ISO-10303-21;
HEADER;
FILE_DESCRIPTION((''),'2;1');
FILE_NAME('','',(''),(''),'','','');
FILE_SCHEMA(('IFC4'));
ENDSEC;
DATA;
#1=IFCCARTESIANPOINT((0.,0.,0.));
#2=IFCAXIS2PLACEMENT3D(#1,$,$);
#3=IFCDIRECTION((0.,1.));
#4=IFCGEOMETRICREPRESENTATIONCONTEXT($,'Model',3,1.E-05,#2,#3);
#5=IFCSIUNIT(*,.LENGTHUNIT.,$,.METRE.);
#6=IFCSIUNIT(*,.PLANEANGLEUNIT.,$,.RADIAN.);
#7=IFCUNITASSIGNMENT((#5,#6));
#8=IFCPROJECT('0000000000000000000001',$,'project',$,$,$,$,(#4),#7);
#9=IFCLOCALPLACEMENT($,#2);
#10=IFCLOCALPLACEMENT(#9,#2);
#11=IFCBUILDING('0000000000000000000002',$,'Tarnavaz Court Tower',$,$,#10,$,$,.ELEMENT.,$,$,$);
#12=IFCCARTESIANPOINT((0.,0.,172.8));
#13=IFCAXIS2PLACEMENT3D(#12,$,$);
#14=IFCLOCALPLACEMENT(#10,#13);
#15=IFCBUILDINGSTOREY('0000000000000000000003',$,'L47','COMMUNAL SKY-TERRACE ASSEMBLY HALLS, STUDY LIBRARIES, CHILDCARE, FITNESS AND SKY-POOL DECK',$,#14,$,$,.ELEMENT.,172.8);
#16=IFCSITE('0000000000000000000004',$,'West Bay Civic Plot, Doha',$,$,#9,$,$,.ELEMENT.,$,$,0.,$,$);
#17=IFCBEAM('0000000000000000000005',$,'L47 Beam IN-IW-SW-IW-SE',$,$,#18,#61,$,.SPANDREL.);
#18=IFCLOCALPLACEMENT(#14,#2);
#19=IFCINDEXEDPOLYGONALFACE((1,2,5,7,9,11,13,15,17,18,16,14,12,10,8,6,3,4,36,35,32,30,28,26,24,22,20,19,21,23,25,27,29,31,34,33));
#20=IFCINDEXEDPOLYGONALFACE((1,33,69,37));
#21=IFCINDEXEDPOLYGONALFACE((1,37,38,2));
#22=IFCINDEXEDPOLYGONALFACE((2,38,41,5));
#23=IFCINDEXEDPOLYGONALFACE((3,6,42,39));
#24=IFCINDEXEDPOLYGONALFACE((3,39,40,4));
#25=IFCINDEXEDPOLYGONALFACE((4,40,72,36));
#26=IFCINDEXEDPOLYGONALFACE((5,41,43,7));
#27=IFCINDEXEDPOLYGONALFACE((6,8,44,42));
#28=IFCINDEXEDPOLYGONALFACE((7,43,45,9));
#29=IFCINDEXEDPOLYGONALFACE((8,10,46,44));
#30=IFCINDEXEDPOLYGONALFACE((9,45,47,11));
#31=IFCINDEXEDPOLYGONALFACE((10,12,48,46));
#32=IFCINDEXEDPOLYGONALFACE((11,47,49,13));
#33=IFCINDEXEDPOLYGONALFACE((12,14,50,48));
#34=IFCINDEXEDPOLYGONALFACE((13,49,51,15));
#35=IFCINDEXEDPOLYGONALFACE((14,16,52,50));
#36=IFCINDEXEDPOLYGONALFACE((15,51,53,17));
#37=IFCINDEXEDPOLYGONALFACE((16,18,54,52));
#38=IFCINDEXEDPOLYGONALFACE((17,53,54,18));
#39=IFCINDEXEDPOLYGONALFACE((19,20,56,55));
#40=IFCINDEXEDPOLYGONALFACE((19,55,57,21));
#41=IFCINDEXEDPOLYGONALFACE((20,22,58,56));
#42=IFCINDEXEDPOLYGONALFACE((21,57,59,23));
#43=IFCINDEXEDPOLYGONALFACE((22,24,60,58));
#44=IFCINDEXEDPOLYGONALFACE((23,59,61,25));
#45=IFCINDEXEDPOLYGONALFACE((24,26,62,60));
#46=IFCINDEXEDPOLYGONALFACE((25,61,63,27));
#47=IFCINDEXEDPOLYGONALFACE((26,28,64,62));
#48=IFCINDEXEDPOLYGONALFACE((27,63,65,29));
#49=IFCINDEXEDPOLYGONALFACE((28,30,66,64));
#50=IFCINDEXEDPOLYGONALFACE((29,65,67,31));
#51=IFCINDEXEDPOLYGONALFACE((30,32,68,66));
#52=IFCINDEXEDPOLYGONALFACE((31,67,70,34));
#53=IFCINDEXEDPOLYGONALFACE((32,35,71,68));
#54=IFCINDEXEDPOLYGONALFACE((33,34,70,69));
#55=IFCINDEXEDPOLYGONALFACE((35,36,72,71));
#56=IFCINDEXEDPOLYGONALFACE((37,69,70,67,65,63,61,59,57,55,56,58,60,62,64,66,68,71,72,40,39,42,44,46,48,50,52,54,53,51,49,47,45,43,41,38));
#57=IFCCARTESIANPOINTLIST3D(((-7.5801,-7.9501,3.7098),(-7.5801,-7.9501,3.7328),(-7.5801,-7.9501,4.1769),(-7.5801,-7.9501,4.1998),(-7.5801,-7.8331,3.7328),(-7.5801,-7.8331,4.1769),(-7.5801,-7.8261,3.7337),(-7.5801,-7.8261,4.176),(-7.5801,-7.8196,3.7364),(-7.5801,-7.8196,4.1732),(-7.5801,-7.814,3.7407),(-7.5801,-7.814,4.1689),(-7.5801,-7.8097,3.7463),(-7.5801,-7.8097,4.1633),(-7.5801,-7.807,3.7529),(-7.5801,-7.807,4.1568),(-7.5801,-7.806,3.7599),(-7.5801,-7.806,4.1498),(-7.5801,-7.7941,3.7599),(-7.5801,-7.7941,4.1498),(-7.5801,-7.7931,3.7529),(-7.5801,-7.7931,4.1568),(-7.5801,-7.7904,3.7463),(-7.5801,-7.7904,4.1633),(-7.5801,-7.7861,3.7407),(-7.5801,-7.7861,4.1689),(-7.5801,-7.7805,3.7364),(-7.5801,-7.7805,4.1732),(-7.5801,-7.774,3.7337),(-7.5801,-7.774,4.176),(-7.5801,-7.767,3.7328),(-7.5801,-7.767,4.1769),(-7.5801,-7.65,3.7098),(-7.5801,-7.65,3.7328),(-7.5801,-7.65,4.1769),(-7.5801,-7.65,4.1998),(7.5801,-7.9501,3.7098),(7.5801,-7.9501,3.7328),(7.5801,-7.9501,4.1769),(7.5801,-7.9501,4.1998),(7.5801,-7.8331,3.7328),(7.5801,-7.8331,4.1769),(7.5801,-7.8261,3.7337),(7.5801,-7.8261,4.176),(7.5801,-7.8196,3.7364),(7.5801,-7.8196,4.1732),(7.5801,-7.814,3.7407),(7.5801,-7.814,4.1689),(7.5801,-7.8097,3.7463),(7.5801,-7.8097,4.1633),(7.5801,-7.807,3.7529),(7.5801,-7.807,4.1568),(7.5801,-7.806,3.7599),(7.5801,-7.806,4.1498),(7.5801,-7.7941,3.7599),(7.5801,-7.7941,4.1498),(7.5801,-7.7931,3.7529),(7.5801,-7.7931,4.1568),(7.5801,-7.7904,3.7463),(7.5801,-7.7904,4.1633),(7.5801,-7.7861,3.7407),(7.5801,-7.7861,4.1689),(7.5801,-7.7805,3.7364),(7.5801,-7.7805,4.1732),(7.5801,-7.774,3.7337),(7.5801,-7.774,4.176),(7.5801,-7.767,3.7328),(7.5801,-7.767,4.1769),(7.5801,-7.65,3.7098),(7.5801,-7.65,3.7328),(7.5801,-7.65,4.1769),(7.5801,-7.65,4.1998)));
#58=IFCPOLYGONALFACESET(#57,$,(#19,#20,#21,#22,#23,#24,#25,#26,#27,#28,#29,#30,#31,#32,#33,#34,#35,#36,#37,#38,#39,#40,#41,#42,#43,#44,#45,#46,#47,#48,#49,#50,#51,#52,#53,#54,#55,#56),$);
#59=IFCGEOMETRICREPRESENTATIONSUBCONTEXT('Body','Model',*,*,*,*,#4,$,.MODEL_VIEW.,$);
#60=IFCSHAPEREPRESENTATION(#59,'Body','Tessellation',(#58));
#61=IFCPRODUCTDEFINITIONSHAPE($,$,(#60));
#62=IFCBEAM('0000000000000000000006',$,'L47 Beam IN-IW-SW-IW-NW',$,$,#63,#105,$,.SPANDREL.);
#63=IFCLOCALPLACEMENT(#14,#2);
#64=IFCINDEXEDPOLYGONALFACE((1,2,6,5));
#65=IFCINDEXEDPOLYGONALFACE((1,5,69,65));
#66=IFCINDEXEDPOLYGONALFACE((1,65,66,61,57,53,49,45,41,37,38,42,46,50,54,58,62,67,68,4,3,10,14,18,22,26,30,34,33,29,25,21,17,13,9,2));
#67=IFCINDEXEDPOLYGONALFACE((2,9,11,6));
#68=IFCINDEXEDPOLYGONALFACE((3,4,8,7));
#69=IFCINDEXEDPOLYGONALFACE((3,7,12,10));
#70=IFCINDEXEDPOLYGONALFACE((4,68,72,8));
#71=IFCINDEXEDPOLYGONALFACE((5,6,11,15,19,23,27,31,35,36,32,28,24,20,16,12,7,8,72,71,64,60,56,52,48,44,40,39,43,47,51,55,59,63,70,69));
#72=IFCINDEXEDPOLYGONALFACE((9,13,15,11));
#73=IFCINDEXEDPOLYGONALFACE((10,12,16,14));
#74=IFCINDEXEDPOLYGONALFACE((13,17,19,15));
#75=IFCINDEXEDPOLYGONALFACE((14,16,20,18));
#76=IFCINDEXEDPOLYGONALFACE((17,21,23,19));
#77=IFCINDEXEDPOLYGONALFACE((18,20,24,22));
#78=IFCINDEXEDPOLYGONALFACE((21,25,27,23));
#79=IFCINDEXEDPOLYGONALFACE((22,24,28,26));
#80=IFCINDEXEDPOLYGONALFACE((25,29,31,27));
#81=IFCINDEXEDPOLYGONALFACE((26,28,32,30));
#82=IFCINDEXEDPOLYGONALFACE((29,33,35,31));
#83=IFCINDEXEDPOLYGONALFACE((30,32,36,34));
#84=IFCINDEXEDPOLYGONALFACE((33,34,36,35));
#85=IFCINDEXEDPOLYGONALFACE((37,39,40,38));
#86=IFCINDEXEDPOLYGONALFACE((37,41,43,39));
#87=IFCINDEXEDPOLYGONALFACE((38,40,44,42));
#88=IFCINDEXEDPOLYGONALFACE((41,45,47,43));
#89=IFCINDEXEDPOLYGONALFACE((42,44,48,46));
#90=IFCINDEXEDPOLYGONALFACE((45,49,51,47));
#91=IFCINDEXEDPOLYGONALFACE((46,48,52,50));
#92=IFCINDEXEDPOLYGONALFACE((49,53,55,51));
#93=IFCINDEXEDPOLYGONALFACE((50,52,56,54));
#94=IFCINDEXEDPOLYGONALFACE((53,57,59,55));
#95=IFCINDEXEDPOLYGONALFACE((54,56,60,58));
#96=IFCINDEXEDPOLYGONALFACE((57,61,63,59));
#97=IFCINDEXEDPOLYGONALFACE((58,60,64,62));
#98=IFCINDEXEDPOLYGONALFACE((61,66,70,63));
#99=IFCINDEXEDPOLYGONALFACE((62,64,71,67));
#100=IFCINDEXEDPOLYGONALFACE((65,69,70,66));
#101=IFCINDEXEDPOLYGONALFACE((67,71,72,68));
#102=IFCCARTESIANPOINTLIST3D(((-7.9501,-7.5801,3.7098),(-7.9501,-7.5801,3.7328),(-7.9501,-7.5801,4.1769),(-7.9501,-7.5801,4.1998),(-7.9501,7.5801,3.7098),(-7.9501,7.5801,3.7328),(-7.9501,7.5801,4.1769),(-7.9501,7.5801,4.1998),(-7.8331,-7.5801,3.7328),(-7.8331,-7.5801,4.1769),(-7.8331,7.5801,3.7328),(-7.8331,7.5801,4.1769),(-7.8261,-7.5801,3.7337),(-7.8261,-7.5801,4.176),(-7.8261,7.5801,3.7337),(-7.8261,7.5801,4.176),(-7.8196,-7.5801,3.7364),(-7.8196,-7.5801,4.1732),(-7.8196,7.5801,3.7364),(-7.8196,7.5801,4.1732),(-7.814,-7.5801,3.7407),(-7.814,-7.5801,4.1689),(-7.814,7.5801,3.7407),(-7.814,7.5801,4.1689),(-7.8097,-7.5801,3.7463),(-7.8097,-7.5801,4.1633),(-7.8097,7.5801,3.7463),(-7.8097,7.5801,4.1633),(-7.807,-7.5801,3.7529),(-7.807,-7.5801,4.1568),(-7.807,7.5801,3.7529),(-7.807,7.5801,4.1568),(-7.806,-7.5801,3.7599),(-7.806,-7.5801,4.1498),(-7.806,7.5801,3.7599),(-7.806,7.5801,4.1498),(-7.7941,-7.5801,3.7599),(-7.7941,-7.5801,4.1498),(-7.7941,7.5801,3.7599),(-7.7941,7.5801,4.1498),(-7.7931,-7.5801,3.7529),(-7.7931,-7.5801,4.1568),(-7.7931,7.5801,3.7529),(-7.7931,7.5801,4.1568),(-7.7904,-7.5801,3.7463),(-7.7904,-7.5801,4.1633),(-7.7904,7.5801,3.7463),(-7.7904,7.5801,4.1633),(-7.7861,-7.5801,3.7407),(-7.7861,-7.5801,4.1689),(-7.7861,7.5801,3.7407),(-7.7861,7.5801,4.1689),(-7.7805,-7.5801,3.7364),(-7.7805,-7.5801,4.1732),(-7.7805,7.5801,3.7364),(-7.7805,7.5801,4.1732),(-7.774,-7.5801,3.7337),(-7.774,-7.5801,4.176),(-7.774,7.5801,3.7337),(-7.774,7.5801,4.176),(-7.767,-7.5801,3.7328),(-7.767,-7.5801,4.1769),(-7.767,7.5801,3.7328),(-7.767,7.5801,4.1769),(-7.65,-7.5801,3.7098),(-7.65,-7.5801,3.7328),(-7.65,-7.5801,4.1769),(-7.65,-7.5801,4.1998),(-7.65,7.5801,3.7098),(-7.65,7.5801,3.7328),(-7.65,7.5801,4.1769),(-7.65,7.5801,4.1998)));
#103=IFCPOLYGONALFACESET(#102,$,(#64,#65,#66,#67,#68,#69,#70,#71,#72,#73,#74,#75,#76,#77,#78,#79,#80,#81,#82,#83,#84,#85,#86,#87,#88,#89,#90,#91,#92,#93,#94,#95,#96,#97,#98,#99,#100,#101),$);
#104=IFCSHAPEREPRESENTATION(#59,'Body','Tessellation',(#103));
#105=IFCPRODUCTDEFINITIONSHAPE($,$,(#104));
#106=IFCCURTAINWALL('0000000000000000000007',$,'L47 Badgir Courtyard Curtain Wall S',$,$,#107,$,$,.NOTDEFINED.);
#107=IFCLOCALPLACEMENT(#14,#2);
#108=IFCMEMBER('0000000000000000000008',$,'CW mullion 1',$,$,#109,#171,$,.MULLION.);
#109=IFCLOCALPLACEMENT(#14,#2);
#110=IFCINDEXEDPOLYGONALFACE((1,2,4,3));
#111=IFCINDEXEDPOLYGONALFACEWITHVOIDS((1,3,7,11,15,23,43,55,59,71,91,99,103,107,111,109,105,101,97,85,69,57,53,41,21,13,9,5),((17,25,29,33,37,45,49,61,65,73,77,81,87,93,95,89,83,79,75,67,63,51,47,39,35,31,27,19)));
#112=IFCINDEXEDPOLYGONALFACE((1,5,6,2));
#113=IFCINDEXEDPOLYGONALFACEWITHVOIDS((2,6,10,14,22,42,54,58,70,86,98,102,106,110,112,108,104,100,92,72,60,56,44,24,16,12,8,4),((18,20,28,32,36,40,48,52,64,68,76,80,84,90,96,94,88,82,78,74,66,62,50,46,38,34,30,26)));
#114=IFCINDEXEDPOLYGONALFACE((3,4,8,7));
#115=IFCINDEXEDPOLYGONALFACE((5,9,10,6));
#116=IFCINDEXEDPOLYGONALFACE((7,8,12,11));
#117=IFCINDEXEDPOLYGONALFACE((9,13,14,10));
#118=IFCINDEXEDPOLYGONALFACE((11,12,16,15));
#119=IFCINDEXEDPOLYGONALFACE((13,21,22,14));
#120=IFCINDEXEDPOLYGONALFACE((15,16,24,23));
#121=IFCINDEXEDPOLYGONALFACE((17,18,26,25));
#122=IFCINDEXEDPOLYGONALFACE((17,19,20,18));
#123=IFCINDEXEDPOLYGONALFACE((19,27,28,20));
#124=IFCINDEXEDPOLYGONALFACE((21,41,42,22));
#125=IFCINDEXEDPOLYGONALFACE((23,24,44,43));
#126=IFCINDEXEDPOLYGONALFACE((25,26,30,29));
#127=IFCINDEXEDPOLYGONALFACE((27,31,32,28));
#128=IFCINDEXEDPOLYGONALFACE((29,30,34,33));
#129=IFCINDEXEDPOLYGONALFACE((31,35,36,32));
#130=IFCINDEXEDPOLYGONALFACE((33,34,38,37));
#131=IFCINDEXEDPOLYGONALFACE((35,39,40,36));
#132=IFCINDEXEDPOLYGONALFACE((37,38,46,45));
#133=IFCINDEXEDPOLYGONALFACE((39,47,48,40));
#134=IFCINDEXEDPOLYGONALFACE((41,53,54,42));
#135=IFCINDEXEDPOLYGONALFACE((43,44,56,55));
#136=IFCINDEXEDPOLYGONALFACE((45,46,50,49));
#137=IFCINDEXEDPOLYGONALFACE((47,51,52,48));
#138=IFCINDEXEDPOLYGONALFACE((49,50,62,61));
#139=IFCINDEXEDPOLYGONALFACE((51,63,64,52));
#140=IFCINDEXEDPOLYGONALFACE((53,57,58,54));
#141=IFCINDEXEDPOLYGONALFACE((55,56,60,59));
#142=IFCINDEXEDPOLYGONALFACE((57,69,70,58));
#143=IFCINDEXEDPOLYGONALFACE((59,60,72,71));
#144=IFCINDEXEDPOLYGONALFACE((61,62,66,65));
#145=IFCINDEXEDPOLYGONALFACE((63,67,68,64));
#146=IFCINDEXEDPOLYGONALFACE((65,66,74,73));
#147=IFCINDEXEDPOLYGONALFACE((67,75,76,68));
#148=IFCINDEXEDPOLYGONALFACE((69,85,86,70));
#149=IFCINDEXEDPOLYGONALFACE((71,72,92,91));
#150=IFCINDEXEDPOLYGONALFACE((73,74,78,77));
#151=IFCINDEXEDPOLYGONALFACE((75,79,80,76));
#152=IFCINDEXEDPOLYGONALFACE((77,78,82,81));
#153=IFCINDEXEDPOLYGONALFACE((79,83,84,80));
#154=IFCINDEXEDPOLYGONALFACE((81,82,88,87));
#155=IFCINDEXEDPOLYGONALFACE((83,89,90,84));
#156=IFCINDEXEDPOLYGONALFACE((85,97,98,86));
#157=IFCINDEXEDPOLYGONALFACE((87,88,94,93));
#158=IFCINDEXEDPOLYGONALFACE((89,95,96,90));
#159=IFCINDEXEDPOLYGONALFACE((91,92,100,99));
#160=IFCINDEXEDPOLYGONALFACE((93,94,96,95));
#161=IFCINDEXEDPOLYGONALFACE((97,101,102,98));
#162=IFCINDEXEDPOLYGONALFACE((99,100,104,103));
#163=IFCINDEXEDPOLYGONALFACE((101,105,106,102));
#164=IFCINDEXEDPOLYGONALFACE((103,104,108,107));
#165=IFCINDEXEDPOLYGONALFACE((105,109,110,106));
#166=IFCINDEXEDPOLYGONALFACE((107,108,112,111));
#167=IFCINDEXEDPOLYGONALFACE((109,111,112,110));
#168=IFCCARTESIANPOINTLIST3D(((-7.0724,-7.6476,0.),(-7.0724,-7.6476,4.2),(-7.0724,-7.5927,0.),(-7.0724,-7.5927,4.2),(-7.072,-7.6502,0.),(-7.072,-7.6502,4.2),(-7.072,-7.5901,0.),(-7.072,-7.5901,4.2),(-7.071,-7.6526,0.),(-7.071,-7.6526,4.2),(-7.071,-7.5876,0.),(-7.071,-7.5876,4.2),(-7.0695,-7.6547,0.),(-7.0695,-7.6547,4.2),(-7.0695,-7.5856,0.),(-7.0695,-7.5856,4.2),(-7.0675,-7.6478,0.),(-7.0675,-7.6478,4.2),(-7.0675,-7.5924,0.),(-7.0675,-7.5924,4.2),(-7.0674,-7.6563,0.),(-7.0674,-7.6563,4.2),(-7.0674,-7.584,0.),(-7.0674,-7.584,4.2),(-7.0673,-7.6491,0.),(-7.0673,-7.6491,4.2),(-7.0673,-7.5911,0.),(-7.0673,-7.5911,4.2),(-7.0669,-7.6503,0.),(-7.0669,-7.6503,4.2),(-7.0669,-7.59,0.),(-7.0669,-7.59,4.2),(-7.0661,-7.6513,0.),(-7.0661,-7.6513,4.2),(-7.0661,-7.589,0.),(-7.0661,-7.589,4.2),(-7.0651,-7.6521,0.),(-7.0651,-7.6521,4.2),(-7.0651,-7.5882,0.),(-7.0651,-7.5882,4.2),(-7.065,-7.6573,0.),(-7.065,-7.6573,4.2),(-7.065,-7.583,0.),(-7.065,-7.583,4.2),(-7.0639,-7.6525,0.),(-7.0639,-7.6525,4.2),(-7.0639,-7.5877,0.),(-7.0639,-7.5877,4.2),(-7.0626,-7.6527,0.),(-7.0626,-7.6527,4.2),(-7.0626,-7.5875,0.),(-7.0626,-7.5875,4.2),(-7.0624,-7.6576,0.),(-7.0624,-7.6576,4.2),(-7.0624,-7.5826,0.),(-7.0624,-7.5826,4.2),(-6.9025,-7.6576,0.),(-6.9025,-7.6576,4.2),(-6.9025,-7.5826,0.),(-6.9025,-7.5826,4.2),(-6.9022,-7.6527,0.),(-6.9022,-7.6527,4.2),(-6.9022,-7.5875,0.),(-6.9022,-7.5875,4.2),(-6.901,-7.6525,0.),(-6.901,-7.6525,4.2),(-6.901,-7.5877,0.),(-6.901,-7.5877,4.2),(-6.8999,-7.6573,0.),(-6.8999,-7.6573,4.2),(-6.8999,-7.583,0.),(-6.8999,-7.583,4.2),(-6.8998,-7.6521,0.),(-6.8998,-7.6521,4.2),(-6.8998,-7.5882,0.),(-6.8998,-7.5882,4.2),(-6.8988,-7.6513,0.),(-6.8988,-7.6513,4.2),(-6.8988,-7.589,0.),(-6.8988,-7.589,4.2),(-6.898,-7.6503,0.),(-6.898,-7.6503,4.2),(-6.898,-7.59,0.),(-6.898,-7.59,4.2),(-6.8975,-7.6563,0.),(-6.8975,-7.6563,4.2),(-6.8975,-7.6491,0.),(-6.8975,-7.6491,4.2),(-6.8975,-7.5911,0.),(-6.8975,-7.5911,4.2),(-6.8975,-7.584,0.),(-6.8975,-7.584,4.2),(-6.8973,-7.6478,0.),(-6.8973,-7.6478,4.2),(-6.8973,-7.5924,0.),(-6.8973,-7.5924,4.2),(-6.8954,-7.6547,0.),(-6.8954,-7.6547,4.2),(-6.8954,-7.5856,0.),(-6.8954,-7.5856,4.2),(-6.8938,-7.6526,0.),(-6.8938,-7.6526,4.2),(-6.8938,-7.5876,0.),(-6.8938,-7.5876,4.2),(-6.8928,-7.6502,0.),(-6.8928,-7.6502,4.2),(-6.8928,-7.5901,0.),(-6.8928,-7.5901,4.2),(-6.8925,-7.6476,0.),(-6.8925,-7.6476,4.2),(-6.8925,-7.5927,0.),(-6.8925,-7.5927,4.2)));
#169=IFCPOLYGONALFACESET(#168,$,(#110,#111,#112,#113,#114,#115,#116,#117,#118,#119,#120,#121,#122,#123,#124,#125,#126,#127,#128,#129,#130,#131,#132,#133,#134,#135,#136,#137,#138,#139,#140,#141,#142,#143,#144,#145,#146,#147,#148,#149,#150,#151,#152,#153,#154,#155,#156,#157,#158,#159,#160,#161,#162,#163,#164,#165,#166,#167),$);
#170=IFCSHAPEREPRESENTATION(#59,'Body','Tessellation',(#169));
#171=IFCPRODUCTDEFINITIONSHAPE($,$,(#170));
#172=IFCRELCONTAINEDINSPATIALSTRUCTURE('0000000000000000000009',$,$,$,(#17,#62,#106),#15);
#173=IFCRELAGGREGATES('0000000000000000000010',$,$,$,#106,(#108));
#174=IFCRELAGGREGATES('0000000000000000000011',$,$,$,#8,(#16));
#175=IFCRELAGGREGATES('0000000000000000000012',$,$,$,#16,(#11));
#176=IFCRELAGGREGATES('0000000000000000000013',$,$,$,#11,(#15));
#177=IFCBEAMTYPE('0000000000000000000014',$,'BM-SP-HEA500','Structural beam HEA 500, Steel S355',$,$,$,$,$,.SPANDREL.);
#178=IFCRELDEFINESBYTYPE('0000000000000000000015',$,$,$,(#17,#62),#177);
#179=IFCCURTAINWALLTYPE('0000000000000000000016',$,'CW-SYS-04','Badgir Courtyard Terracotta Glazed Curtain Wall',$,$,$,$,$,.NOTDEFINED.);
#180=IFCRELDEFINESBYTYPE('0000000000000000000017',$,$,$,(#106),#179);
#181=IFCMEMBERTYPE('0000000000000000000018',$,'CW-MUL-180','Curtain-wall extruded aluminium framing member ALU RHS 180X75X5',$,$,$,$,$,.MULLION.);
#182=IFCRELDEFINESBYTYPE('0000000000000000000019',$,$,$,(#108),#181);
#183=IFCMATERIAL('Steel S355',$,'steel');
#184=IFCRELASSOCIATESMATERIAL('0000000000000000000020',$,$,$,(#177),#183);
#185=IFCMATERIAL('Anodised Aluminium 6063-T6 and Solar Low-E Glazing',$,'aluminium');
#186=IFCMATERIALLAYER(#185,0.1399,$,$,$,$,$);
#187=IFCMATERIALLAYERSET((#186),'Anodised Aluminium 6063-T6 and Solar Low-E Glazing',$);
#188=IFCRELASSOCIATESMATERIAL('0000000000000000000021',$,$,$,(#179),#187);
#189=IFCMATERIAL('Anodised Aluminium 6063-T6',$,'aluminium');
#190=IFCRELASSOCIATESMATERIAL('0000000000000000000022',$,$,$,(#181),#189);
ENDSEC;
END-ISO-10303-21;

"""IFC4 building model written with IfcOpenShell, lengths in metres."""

from ifc_helpers import new_model, si_unit, direction, frame, origin, origin_2d, place, context, subcontext, project, spatial, hollow_rectangle, i_section, extrude, material, layer, layer_set, material_profile, profile_set, type_object, element, aggregate, save


model = new_model("IFC4")

# Units and contexts
model_context = context("Model", 3, precision=1e-05, world=origin(), true_north=direction((0.0, 1.0)))
body_context = subcontext(model_context, "Body", "Model", "MODEL_VIEW")
ifc_project = project(units=[si_unit("LENGTHUNIT", "METRE"), si_unit("PLANEANGLEUNIT", "RADIAN")], contexts=[model_context])

# Site, building, storey
site_placement = place(None, origin())
site = spatial("IfcSite", under=ifc_project, at=site_placement, Name="West Bay Civic Plot, Doha", CompositionType="ELEMENT", RefElevation=0.0)
building_placement = place(site_placement, origin())
building = spatial("IfcBuilding", under=site, at=building_placement, Name="Tarnavaz Court Tower", CompositionType="ELEMENT")
storey_placement = place(building_placement, frame((0.0, 0.0, 172.8)))
storey = spatial("IfcBuildingStorey", under=building, at=storey_placement, Name="L47", Description="COMMUNAL SKY-TERRACE ASSEMBLY HALLS, STUDY LIBRARIES, CHILDCARE, FITNESS AND SKY-POOL DECK", CompositionType="ELEMENT", Elevation=172.8)

# Beams
ifc_material_1 = material(Name="Steel S355", Category="steel")
ifc_material_profile_1 = material_profile(ifc_material_1, i_section(OverallWidth=0.3, OverallDepth=0.49, WebThickness=0.012, FlangeThickness=0.0229, FilletRadius=0.0271, at=origin_2d()), Name="HEA 500")
ifc_profile_set_1 = profile_set([ifc_material_profile_1], Name="Steel S355")
beam_type_1 = type_object("IfcBeamType", Name="BM-SP-HEA500", Description="Structural beam HEA 500, Steel S355", PredefinedType="SPANDREL", material=ifc_profile_set_1)
for number, where, z_axis, x_axis, name in (
    (1, (-7.5801, -7.8, 3.9548), (1.0, 0.0, 0.0), (0.0, 1.0, 0.0), "L47 Beam IN-IW-SW-IW-SE"),
    (2, (-7.8, -7.5801, 3.9548), (0.0, 1.0, 0.0), (-1.0, 0.0, 0.0), "L47 Beam IN-IW-SW-IW-NW"),
):
    element("IfcBeam", number, at=place(storey_placement, frame(where, z_axis=z_axis, x_axis=x_axis)), inside=storey, type_object=beam_type_1, Name=name, PredefinedType="SPANDREL", context=body_context, shape_type="SweptSolid", body=[
        extrude(i_section(OverallWidth=0.3, OverallDepth=0.49, WebThickness=0.012, FlangeThickness=0.0229, FilletRadius=0.0271, at=origin_2d()), origin(), (0.0, 0.0, 1.0), 15.1602),
    ])

# Curtain wall, member
ifc_material_2 = material(Name="Anodised Aluminium 6063-T6 and Solar Low-E Glazing", Category="aluminium")
ifc_layer_1 = layer(ifc_material_2, 0.1399)
ifc_layer_set_1 = layer_set([ifc_layer_1], Name="Anodised Aluminium 6063-T6 and Solar Low-E Glazing")
curtain_wall_type = type_object("IfcCurtainWallType", Name="CW-SYS-04", Description="Badgir Courtyard Terracotta Glazed Curtain Wall", PredefinedType="NOTDEFINED", material=ifc_layer_set_1)
curtain_wall_placement = place(storey_placement, origin())
curtain_wall = element("IfcCurtainWall", 3, at=curtain_wall_placement, inside=storey, type_object=curtain_wall_type, Name="L47 Badgir Courtyard Curtain Wall S", PredefinedType="NOTDEFINED")
ifc_material_3 = material(Name="Anodised Aluminium 6063-T6", Category="aluminium")
ifc_material_profile_2 = material_profile(ifc_material_3, hollow_rectangle(XDim=0.075, YDim=0.1799, WallThickness=0.0049, InnerFilletRadius=0.0049, OuterFilletRadius=0.01, at=origin_2d()), Name="ALU RHS 180X75X5")
ifc_profile_set_2 = profile_set([ifc_material_profile_2], Name="Anodised Aluminium 6063-T6")
member_type_1 = type_object("IfcMemberType", Name="CW-MUL-180", Description="Curtain-wall extruded aluminium framing member ALU RHS 180X75X5", PredefinedType="MULLION", material=ifc_profile_set_2)
member_1_placement = place(storey_placement, frame((-6.9824, -7.6201, 0.0), z_axis=(0.0, 0.0, 1.0), x_axis=(0.0, 1.0, 0.0)))
member_1 = element("IfcMember", 4, at=member_1_placement, type_object=member_type_1, Name="CW mullion 1", PredefinedType="MULLION", context=body_context, shape_type="SweptSolid", body=[
    extrude(hollow_rectangle(XDim=0.075, YDim=0.1799, WallThickness=0.0049, InnerFilletRadius=0.0049, OuterFilletRadius=0.01, at=origin_2d()), origin(), (0.0, 0.0, 1.0), 4.2),
])
aggregate(curtain_wall, [member_1])

save(model, "model.ifc")
